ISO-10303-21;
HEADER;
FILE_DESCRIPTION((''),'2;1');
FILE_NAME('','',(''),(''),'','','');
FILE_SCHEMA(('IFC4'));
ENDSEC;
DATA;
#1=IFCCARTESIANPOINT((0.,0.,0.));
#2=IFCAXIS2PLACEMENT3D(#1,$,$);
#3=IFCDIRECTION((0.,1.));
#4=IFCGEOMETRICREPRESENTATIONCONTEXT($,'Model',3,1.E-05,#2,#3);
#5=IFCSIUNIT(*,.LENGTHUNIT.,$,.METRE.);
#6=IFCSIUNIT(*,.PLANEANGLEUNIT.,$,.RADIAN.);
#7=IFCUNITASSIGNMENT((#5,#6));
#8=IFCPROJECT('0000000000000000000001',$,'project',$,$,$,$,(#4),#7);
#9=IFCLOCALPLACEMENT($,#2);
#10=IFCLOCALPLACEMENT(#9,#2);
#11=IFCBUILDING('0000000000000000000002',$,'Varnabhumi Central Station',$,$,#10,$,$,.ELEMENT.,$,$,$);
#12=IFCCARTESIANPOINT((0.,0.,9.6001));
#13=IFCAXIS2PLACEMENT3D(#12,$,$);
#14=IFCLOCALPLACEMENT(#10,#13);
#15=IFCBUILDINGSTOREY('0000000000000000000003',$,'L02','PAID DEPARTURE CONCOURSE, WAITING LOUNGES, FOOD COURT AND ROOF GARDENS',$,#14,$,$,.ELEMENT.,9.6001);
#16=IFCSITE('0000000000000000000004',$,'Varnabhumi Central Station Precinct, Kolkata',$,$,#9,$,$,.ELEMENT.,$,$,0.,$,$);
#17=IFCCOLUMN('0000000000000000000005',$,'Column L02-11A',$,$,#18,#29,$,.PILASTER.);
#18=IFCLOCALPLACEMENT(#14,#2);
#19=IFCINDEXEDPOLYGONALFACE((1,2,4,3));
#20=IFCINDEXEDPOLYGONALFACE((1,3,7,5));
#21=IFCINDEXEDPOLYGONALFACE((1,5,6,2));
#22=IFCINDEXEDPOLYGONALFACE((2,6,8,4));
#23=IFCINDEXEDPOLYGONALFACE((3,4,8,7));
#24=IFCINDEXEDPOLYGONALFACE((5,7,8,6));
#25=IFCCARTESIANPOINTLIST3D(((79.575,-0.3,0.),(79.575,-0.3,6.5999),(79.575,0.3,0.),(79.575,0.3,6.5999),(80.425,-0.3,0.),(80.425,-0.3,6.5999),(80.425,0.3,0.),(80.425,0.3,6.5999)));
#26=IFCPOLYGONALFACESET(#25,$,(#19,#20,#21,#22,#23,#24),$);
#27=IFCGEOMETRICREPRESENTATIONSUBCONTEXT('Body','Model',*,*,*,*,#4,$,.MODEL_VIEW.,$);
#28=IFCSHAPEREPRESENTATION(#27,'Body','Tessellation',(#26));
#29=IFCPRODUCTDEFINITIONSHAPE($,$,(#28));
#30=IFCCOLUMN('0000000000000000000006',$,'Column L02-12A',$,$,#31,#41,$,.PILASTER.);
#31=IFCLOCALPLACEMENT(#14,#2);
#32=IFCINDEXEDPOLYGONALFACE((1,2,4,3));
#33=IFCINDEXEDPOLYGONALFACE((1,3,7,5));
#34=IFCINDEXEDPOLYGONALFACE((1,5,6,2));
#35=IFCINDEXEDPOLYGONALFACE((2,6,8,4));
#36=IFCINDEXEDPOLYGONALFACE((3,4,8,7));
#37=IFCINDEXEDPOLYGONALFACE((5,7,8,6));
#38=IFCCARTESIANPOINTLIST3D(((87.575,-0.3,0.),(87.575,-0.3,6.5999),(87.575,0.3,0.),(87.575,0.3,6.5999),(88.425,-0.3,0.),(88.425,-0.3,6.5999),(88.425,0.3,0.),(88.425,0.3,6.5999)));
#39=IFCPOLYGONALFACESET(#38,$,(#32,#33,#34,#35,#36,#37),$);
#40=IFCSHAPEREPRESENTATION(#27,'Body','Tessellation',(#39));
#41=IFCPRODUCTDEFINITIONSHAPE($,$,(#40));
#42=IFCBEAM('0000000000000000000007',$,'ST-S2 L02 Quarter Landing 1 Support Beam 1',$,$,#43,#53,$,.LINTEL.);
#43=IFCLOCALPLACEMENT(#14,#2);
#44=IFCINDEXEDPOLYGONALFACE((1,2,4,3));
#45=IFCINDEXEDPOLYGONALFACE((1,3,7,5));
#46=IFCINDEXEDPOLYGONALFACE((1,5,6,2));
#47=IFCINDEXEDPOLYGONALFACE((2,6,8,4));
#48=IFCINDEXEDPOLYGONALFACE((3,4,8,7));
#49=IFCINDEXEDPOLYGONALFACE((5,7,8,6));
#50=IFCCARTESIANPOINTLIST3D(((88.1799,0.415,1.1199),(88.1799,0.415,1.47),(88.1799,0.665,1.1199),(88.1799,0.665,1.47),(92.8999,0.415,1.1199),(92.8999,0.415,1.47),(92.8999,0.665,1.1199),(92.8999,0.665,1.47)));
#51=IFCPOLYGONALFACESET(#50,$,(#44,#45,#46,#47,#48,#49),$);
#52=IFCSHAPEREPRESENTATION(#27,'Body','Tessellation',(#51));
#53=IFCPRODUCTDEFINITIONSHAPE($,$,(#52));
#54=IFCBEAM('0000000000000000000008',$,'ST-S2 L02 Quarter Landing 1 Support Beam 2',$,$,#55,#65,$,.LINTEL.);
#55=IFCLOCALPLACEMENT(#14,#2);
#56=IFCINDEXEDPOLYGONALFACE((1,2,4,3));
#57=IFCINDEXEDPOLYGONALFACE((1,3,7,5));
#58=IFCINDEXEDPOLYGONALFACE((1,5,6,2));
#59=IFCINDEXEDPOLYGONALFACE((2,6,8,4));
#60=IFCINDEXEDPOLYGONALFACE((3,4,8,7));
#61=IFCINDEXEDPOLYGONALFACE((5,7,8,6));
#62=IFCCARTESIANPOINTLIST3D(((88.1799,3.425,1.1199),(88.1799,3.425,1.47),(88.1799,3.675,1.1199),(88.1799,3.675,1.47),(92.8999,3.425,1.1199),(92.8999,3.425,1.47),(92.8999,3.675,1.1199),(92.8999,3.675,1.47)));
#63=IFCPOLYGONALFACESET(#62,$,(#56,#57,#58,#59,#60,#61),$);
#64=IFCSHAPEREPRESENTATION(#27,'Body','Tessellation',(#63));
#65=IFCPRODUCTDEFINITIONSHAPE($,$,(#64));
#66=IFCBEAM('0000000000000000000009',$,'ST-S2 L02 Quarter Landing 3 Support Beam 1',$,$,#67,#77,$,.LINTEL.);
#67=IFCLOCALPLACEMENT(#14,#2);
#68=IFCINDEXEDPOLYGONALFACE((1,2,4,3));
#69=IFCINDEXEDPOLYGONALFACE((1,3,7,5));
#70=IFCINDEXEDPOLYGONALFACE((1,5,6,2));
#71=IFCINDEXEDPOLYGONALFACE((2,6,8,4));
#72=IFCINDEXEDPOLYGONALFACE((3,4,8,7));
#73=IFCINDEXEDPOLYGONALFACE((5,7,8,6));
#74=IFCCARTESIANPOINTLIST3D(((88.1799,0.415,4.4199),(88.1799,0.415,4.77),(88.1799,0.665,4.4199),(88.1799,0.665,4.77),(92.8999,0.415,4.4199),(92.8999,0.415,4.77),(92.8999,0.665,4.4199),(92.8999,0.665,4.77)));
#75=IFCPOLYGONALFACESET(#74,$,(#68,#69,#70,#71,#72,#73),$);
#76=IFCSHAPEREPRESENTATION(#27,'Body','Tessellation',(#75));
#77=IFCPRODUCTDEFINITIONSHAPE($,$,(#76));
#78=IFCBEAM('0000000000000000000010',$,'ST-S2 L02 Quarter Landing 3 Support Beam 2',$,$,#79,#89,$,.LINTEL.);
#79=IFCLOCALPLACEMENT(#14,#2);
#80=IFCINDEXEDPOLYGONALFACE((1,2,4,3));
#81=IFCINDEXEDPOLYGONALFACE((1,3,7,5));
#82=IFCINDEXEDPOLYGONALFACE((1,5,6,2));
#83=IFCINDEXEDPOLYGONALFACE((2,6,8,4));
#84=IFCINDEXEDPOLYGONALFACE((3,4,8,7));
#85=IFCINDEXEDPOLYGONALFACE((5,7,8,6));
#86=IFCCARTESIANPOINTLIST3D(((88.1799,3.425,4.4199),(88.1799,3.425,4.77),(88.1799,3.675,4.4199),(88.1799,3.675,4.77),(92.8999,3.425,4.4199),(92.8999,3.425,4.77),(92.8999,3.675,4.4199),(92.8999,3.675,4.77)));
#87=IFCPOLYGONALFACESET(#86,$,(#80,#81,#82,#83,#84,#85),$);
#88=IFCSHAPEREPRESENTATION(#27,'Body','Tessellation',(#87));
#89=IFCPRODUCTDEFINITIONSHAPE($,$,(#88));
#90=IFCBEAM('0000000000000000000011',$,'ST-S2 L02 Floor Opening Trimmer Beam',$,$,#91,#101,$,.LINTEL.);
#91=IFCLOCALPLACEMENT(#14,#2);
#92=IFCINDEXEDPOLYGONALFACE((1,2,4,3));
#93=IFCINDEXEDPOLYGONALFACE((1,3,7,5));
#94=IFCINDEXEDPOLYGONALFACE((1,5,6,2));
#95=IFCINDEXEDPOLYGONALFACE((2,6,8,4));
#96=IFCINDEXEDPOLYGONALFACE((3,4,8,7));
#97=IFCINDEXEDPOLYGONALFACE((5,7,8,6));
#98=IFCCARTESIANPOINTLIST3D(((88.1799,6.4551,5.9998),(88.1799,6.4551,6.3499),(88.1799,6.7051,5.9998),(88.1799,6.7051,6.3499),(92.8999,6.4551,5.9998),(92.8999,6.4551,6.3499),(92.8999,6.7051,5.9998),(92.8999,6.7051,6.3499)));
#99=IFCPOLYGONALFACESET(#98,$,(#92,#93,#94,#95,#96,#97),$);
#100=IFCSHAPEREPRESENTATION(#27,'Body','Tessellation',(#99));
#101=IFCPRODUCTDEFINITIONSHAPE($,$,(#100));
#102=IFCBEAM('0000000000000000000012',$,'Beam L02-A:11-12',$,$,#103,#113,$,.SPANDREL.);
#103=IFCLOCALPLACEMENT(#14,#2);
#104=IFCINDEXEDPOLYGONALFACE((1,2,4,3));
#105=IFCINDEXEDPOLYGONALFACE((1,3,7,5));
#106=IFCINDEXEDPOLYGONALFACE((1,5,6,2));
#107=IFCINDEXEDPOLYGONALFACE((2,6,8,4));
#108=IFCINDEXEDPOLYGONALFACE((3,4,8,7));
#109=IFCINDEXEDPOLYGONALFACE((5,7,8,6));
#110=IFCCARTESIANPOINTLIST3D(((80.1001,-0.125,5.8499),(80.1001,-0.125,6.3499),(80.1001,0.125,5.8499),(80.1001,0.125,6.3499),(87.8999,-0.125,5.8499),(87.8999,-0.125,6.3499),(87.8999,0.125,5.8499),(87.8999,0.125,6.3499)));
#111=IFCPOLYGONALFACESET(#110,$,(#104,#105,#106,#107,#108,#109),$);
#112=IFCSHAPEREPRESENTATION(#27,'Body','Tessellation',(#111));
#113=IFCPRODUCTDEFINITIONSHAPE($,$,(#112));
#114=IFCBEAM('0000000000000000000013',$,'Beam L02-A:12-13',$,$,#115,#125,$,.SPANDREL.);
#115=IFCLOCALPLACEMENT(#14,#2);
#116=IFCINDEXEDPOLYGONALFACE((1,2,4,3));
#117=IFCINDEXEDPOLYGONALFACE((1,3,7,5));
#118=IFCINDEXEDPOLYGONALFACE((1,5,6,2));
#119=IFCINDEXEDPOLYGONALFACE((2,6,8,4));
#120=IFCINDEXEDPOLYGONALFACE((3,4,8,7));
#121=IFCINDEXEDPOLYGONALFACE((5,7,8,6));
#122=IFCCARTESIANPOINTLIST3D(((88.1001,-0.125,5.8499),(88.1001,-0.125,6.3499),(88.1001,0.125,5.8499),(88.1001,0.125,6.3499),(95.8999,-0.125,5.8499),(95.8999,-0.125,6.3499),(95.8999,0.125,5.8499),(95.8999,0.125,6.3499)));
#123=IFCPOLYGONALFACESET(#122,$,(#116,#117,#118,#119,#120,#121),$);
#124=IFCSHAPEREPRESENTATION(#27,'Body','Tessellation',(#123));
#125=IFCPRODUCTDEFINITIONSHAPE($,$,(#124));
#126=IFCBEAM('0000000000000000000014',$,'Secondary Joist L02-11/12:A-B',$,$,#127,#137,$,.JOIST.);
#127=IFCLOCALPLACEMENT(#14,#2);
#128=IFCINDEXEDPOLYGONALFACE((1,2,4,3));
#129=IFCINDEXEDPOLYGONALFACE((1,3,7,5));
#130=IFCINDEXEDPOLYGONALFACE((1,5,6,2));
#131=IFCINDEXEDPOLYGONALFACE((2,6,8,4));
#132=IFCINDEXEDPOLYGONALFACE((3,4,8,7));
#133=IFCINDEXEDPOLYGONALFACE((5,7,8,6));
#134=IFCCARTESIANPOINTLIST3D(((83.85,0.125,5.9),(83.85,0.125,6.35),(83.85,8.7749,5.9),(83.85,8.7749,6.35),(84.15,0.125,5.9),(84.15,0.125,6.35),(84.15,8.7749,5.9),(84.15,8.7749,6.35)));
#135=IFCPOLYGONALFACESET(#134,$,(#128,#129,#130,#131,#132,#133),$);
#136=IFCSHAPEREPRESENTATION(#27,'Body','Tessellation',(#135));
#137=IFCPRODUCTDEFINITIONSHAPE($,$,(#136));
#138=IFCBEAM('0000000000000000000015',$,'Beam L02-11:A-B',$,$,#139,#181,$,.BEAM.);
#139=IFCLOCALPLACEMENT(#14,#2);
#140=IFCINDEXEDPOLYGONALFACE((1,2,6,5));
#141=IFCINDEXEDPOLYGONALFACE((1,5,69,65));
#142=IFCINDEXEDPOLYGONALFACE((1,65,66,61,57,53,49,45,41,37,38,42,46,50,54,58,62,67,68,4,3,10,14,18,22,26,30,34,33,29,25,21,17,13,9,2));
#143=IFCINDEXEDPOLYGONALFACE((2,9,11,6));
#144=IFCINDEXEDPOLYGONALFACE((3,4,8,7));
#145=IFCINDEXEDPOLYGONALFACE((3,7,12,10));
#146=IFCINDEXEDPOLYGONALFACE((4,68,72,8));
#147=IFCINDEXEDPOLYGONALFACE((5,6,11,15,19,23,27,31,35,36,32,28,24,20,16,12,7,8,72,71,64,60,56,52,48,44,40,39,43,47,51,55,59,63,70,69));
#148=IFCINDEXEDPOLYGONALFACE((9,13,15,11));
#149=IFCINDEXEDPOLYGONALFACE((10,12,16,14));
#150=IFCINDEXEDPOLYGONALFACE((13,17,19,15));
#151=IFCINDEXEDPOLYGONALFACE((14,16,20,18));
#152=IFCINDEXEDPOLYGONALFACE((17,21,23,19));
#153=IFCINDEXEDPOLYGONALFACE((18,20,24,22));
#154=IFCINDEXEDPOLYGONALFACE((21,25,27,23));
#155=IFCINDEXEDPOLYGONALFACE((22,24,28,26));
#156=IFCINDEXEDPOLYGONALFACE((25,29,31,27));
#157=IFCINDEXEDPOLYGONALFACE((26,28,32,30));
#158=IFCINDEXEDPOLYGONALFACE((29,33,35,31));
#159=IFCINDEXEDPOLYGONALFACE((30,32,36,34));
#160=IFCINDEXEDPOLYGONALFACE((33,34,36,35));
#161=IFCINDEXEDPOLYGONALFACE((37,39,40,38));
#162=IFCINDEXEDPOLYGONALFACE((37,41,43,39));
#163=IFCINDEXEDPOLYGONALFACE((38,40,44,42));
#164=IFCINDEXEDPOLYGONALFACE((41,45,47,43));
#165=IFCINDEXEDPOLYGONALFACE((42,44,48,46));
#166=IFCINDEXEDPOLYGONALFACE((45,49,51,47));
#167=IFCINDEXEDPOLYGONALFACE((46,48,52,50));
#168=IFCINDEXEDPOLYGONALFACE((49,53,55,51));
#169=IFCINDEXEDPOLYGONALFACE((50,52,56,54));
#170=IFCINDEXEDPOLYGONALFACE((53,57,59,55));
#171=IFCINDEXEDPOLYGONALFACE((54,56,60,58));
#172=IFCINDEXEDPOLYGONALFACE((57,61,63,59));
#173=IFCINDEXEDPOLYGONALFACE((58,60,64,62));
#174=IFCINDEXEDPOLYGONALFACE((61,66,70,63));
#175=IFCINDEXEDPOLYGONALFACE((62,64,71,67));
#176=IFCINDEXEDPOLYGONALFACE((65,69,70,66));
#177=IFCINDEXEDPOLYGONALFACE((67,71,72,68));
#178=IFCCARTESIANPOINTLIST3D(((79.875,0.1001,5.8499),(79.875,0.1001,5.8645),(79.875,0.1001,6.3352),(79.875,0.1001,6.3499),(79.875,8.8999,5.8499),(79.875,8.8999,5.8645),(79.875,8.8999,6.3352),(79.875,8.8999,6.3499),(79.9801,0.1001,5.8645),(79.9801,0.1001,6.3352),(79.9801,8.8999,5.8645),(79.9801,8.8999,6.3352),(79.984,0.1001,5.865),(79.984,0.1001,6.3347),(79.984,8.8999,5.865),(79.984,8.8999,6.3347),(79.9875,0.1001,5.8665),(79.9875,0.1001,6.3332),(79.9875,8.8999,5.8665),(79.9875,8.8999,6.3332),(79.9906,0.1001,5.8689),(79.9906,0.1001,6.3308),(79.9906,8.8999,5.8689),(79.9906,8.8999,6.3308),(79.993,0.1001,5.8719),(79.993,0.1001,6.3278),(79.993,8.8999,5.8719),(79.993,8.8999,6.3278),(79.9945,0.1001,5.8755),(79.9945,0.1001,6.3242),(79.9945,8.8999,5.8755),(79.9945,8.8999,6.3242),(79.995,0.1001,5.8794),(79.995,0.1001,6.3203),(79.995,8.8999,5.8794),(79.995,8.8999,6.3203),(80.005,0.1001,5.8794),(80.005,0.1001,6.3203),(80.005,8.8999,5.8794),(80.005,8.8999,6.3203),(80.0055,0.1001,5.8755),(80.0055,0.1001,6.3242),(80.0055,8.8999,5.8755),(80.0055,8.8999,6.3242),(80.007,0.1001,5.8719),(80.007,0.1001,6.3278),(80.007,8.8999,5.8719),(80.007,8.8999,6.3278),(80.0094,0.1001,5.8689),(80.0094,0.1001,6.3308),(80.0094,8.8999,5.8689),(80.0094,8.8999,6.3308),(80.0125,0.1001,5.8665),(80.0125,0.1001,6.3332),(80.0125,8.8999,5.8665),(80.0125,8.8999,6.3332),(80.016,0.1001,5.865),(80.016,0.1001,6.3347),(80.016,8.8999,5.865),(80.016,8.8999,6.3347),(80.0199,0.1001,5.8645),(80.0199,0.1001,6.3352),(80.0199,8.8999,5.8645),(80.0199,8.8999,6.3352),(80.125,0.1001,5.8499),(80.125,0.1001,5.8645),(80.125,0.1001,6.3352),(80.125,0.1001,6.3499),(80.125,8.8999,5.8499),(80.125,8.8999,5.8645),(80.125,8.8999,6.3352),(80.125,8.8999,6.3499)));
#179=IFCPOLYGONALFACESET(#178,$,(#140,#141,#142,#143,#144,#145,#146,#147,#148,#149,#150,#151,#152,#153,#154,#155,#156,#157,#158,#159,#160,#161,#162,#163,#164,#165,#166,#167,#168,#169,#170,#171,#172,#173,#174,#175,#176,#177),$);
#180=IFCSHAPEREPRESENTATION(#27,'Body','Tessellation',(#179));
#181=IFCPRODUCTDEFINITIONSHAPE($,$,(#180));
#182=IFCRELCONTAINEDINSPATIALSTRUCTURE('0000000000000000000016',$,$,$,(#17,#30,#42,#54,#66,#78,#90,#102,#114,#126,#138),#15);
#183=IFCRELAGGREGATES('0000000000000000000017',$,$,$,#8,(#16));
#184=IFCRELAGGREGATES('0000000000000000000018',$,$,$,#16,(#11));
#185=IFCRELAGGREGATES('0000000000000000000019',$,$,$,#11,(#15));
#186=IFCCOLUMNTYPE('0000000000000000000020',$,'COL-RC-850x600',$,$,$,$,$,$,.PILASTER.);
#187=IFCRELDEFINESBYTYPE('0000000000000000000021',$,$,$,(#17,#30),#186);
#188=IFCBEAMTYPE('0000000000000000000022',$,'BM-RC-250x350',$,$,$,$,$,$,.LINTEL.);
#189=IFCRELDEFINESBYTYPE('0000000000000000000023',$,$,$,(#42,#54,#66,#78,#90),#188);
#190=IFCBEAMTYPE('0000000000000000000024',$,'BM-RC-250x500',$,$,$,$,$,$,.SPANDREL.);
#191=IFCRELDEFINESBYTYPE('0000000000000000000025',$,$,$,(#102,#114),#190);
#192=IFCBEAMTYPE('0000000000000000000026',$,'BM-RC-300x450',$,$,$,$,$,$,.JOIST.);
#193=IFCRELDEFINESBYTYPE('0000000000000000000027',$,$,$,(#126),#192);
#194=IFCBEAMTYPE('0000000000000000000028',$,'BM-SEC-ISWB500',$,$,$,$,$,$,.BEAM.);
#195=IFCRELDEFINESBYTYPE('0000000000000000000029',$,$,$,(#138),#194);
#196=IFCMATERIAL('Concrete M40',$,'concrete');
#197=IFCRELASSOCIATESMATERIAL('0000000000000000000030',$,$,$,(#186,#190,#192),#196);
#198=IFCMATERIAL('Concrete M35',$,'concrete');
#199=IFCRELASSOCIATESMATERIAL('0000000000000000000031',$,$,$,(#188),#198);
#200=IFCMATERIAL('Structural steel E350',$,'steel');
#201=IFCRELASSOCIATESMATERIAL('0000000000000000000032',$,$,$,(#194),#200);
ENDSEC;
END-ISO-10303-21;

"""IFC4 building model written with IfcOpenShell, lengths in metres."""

from ifc_helpers import new_model, si_unit, direction, frame, origin, origin_2d, place, context, subcontext, project, spatial, rectangle, i_section, extrude, material, material_profile, profile_set, type_object, element, save


model = new_model("IFC4")

# Units and contexts
model_context = context("Model", 3, precision=1e-05, world=origin(), true_north=direction((0.0, 1.0)))
body_context = subcontext(model_context, "Body", "Model", "MODEL_VIEW")
ifc_project = project(units=[si_unit("LENGTHUNIT", "METRE"), si_unit("PLANEANGLEUNIT", "RADIAN")], contexts=[model_context])

# Site, building, storey
site_placement = place(None, origin())
site = spatial("IfcSite", under=ifc_project, at=site_placement, Name="Varnabhumi Central Station Precinct, Kolkata", CompositionType="ELEMENT", RefElevation=0.0)
building_placement = place(site_placement, origin())
building = spatial("IfcBuilding", under=site, at=building_placement, Name="Varnabhumi Central Station", CompositionType="ELEMENT")
storey_placement = place(building_placement, frame((0.0, 0.0, 9.6001)))
storey = spatial("IfcBuildingStorey", under=building, at=storey_placement, Name="L02", Description="PAID DEPARTURE CONCOURSE, WAITING LOUNGES, FOOD COURT AND ROOF GARDENS", CompositionType="ELEMENT", Elevation=9.6001)

# Columns
ifc_material_1 = material(Name="Concrete M40", Category="concrete")
ifc_material_profile_1 = material_profile(ifc_material_1, rectangle(XDim=0.8501, YDim=0.6001, at=origin_2d()), Name="Concrete M40", Category="concrete")
ifc_profile_set_1 = profile_set([ifc_material_profile_1], Name="Concrete M40")
column_type = type_object("IfcColumnType", Name="COL-RC-850x600", PredefinedType="PILASTER", material=ifc_profile_set_1)
for number, where, z_axis, x_axis, name in (
    (1, (80.0, 0.0, 0.0), (0.0, 0.0, 1.0), (1.0, 0.0, 0.0), "Column L02-11A"),
    (2, (88.0, 0.0, 0.0), (0.0, 0.0, 1.0), (1.0, 0.0, 0.0), "Column L02-12A"),
):
    element("IfcColumn", number, at=place(storey_placement, frame(where, z_axis=z_axis, x_axis=x_axis)), inside=storey, type_object=column_type, Name=name, PredefinedType="PILASTER", context=body_context, shape_type="SweptSolid", body=[
        extrude(rectangle(XDim=0.8501, YDim=0.6001, at=origin_2d()), origin(), (0.0, 0.0, 1.0), 6.5999),
    ])

# Beams
ifc_material_2 = material(Name="Concrete M35", Category="concrete")
ifc_material_profile_2 = material_profile(ifc_material_2, rectangle(XDim=0.25, YDim=0.3501, at=origin_2d()), Name="Concrete M35", Category="concrete")
ifc_profile_set_2 = profile_set([ifc_material_profile_2], Name="Concrete M35")
beam_type_1 = type_object("IfcBeamType", Name="BM-RC-250x350", PredefinedType="LINTEL", material=ifc_profile_set_2)
for number, where, z_axis, x_axis, name in (
    (3, (88.1799, 0.54, 1.2949), (1.0, 0.0, 0.0), (0.0, 1.0, 0.0), "ST-S2 L02 Quarter Landing 1 Support Beam 1"),
    (4, (88.1799, 3.55, 1.2949), (1.0, 0.0, 0.0), (0.0, 1.0, 0.0), "ST-S2 L02 Quarter Landing 1 Support Beam 2"),
    (5, (88.1799, 0.54, 4.595), (1.0, 0.0, 0.0), (0.0, 1.0, 0.0), "ST-S2 L02 Quarter Landing 3 Support Beam 1"),
    (6, (88.1799, 3.55, 4.595), (1.0, 0.0, 0.0), (0.0, 1.0, 0.0), "ST-S2 L02 Quarter Landing 3 Support Beam 2"),
    (7, (88.1799, 6.5801, 6.1748), (1.0, 0.0, 0.0), (0.0, 1.0, 0.0), "ST-S2 L02 Floor Opening Trimmer Beam"),
):
    element("IfcBeam", number, at=place(storey_placement, frame(where, z_axis=z_axis, x_axis=x_axis)), inside=storey, type_object=beam_type_1, Name=name, PredefinedType="LINTEL", context=body_context, shape_type="SweptSolid", body=[
        extrude(rectangle(XDim=0.25, YDim=0.3501, at=origin_2d()), origin(), (0.0, 0.0, 1.0), 4.72),
    ])
ifc_material_profile_3 = material_profile(ifc_material_1, rectangle(XDim=0.25, YDim=0.5, at=origin_2d()), Name="Concrete M40", Category="concrete")
ifc_profile_set_3 = profile_set([ifc_material_profile_3], Name="Concrete M40")
beam_type_2 = type_object("IfcBeamType", Name="BM-RC-250x500", PredefinedType="SPANDREL", material=ifc_profile_set_3)
for number, where, z_axis, x_axis, name in (
    (8, (80.1001, 0.0, 6.0999), (1.0, 0.0, 0.0), (0.0, 1.0, 0.0), "Beam L02-A:11-12"),
    (9, (88.1001, 0.0, 6.0999), (1.0, 0.0, 0.0), (0.0, 1.0, 0.0), "Beam L02-A:12-13"),
):
    element("IfcBeam", number, at=place(storey_placement, frame(where, z_axis=z_axis, x_axis=x_axis)), inside=storey, type_object=beam_type_2, Name=name, PredefinedType="SPANDREL", context=body_context, shape_type="SweptSolid", body=[
        extrude(rectangle(XDim=0.25, YDim=0.5, at=origin_2d()), origin(), (0.0, 0.0, 1.0), 7.7998),
    ])
ifc_material_profile_4 = material_profile(ifc_material_1, rectangle(XDim=0.3, YDim=0.45, at=origin_2d()), Name="Concrete M40", Category="concrete")
ifc_profile_set_4 = profile_set([ifc_material_profile_4], Name="Concrete M40")
beam_type_3 = type_object("IfcBeamType", Name="BM-RC-300x450", PredefinedType="JOIST", material=ifc_profile_set_4)
beam_placement = place(storey_placement, frame((84.0, 0.125, 6.125), z_axis=(0.0, 1.0, 0.0), x_axis=(-1.0, 0.0, 0.0)))
element("IfcBeam", 10, at=beam_placement, inside=storey, type_object=beam_type_3, Name="Secondary Joist L02-11/12:A-B", PredefinedType="JOIST", context=body_context, shape_type="SweptSolid", body=[
    extrude(rectangle(XDim=0.3, YDim=0.45, at=origin_2d()), origin(), (0.0, 0.0, 1.0), 8.6499),
])
ifc_material_3 = material(Name="Structural steel E350", Category="steel")
ifc_material_profile_5 = material_profile(ifc_material_3, i_section(OverallWidth=0.25, OverallDepth=0.5, WebThickness=0.01, FlangeThickness=0.0146, FilletRadius=0.0149, at=origin_2d()), Name="Structural steel E350", Category="steel")
ifc_profile_set_5 = profile_set([ifc_material_profile_5], Name="Structural steel E350")
beam_type_4 = type_object("IfcBeamType", Name="BM-SEC-ISWB500", PredefinedType="BEAM", material=ifc_profile_set_5)
for number, where, z_axis, x_axis, name in (
    (11, (80.0, 0.1001, 6.0999), (0.0, 1.0, 0.0), (-1.0, 0.0, 0.0), "Beam L02-11:A-B"),
):
    element("IfcBeam", number, at=place(storey_placement, frame(where, z_axis=z_axis, x_axis=x_axis)), inside=storey, type_object=beam_type_4, Name=name, PredefinedType="BEAM", context=body_context, shape_type="SweptSolid", body=[
        extrude(i_section(OverallWidth=0.25, OverallDepth=0.5, WebThickness=0.01, FlangeThickness=0.0146, FilletRadius=0.0149, at=origin_2d()), origin(), (0.0, 0.0, 1.0), 8.7998),
    ])

save(model, "model.ifc")
